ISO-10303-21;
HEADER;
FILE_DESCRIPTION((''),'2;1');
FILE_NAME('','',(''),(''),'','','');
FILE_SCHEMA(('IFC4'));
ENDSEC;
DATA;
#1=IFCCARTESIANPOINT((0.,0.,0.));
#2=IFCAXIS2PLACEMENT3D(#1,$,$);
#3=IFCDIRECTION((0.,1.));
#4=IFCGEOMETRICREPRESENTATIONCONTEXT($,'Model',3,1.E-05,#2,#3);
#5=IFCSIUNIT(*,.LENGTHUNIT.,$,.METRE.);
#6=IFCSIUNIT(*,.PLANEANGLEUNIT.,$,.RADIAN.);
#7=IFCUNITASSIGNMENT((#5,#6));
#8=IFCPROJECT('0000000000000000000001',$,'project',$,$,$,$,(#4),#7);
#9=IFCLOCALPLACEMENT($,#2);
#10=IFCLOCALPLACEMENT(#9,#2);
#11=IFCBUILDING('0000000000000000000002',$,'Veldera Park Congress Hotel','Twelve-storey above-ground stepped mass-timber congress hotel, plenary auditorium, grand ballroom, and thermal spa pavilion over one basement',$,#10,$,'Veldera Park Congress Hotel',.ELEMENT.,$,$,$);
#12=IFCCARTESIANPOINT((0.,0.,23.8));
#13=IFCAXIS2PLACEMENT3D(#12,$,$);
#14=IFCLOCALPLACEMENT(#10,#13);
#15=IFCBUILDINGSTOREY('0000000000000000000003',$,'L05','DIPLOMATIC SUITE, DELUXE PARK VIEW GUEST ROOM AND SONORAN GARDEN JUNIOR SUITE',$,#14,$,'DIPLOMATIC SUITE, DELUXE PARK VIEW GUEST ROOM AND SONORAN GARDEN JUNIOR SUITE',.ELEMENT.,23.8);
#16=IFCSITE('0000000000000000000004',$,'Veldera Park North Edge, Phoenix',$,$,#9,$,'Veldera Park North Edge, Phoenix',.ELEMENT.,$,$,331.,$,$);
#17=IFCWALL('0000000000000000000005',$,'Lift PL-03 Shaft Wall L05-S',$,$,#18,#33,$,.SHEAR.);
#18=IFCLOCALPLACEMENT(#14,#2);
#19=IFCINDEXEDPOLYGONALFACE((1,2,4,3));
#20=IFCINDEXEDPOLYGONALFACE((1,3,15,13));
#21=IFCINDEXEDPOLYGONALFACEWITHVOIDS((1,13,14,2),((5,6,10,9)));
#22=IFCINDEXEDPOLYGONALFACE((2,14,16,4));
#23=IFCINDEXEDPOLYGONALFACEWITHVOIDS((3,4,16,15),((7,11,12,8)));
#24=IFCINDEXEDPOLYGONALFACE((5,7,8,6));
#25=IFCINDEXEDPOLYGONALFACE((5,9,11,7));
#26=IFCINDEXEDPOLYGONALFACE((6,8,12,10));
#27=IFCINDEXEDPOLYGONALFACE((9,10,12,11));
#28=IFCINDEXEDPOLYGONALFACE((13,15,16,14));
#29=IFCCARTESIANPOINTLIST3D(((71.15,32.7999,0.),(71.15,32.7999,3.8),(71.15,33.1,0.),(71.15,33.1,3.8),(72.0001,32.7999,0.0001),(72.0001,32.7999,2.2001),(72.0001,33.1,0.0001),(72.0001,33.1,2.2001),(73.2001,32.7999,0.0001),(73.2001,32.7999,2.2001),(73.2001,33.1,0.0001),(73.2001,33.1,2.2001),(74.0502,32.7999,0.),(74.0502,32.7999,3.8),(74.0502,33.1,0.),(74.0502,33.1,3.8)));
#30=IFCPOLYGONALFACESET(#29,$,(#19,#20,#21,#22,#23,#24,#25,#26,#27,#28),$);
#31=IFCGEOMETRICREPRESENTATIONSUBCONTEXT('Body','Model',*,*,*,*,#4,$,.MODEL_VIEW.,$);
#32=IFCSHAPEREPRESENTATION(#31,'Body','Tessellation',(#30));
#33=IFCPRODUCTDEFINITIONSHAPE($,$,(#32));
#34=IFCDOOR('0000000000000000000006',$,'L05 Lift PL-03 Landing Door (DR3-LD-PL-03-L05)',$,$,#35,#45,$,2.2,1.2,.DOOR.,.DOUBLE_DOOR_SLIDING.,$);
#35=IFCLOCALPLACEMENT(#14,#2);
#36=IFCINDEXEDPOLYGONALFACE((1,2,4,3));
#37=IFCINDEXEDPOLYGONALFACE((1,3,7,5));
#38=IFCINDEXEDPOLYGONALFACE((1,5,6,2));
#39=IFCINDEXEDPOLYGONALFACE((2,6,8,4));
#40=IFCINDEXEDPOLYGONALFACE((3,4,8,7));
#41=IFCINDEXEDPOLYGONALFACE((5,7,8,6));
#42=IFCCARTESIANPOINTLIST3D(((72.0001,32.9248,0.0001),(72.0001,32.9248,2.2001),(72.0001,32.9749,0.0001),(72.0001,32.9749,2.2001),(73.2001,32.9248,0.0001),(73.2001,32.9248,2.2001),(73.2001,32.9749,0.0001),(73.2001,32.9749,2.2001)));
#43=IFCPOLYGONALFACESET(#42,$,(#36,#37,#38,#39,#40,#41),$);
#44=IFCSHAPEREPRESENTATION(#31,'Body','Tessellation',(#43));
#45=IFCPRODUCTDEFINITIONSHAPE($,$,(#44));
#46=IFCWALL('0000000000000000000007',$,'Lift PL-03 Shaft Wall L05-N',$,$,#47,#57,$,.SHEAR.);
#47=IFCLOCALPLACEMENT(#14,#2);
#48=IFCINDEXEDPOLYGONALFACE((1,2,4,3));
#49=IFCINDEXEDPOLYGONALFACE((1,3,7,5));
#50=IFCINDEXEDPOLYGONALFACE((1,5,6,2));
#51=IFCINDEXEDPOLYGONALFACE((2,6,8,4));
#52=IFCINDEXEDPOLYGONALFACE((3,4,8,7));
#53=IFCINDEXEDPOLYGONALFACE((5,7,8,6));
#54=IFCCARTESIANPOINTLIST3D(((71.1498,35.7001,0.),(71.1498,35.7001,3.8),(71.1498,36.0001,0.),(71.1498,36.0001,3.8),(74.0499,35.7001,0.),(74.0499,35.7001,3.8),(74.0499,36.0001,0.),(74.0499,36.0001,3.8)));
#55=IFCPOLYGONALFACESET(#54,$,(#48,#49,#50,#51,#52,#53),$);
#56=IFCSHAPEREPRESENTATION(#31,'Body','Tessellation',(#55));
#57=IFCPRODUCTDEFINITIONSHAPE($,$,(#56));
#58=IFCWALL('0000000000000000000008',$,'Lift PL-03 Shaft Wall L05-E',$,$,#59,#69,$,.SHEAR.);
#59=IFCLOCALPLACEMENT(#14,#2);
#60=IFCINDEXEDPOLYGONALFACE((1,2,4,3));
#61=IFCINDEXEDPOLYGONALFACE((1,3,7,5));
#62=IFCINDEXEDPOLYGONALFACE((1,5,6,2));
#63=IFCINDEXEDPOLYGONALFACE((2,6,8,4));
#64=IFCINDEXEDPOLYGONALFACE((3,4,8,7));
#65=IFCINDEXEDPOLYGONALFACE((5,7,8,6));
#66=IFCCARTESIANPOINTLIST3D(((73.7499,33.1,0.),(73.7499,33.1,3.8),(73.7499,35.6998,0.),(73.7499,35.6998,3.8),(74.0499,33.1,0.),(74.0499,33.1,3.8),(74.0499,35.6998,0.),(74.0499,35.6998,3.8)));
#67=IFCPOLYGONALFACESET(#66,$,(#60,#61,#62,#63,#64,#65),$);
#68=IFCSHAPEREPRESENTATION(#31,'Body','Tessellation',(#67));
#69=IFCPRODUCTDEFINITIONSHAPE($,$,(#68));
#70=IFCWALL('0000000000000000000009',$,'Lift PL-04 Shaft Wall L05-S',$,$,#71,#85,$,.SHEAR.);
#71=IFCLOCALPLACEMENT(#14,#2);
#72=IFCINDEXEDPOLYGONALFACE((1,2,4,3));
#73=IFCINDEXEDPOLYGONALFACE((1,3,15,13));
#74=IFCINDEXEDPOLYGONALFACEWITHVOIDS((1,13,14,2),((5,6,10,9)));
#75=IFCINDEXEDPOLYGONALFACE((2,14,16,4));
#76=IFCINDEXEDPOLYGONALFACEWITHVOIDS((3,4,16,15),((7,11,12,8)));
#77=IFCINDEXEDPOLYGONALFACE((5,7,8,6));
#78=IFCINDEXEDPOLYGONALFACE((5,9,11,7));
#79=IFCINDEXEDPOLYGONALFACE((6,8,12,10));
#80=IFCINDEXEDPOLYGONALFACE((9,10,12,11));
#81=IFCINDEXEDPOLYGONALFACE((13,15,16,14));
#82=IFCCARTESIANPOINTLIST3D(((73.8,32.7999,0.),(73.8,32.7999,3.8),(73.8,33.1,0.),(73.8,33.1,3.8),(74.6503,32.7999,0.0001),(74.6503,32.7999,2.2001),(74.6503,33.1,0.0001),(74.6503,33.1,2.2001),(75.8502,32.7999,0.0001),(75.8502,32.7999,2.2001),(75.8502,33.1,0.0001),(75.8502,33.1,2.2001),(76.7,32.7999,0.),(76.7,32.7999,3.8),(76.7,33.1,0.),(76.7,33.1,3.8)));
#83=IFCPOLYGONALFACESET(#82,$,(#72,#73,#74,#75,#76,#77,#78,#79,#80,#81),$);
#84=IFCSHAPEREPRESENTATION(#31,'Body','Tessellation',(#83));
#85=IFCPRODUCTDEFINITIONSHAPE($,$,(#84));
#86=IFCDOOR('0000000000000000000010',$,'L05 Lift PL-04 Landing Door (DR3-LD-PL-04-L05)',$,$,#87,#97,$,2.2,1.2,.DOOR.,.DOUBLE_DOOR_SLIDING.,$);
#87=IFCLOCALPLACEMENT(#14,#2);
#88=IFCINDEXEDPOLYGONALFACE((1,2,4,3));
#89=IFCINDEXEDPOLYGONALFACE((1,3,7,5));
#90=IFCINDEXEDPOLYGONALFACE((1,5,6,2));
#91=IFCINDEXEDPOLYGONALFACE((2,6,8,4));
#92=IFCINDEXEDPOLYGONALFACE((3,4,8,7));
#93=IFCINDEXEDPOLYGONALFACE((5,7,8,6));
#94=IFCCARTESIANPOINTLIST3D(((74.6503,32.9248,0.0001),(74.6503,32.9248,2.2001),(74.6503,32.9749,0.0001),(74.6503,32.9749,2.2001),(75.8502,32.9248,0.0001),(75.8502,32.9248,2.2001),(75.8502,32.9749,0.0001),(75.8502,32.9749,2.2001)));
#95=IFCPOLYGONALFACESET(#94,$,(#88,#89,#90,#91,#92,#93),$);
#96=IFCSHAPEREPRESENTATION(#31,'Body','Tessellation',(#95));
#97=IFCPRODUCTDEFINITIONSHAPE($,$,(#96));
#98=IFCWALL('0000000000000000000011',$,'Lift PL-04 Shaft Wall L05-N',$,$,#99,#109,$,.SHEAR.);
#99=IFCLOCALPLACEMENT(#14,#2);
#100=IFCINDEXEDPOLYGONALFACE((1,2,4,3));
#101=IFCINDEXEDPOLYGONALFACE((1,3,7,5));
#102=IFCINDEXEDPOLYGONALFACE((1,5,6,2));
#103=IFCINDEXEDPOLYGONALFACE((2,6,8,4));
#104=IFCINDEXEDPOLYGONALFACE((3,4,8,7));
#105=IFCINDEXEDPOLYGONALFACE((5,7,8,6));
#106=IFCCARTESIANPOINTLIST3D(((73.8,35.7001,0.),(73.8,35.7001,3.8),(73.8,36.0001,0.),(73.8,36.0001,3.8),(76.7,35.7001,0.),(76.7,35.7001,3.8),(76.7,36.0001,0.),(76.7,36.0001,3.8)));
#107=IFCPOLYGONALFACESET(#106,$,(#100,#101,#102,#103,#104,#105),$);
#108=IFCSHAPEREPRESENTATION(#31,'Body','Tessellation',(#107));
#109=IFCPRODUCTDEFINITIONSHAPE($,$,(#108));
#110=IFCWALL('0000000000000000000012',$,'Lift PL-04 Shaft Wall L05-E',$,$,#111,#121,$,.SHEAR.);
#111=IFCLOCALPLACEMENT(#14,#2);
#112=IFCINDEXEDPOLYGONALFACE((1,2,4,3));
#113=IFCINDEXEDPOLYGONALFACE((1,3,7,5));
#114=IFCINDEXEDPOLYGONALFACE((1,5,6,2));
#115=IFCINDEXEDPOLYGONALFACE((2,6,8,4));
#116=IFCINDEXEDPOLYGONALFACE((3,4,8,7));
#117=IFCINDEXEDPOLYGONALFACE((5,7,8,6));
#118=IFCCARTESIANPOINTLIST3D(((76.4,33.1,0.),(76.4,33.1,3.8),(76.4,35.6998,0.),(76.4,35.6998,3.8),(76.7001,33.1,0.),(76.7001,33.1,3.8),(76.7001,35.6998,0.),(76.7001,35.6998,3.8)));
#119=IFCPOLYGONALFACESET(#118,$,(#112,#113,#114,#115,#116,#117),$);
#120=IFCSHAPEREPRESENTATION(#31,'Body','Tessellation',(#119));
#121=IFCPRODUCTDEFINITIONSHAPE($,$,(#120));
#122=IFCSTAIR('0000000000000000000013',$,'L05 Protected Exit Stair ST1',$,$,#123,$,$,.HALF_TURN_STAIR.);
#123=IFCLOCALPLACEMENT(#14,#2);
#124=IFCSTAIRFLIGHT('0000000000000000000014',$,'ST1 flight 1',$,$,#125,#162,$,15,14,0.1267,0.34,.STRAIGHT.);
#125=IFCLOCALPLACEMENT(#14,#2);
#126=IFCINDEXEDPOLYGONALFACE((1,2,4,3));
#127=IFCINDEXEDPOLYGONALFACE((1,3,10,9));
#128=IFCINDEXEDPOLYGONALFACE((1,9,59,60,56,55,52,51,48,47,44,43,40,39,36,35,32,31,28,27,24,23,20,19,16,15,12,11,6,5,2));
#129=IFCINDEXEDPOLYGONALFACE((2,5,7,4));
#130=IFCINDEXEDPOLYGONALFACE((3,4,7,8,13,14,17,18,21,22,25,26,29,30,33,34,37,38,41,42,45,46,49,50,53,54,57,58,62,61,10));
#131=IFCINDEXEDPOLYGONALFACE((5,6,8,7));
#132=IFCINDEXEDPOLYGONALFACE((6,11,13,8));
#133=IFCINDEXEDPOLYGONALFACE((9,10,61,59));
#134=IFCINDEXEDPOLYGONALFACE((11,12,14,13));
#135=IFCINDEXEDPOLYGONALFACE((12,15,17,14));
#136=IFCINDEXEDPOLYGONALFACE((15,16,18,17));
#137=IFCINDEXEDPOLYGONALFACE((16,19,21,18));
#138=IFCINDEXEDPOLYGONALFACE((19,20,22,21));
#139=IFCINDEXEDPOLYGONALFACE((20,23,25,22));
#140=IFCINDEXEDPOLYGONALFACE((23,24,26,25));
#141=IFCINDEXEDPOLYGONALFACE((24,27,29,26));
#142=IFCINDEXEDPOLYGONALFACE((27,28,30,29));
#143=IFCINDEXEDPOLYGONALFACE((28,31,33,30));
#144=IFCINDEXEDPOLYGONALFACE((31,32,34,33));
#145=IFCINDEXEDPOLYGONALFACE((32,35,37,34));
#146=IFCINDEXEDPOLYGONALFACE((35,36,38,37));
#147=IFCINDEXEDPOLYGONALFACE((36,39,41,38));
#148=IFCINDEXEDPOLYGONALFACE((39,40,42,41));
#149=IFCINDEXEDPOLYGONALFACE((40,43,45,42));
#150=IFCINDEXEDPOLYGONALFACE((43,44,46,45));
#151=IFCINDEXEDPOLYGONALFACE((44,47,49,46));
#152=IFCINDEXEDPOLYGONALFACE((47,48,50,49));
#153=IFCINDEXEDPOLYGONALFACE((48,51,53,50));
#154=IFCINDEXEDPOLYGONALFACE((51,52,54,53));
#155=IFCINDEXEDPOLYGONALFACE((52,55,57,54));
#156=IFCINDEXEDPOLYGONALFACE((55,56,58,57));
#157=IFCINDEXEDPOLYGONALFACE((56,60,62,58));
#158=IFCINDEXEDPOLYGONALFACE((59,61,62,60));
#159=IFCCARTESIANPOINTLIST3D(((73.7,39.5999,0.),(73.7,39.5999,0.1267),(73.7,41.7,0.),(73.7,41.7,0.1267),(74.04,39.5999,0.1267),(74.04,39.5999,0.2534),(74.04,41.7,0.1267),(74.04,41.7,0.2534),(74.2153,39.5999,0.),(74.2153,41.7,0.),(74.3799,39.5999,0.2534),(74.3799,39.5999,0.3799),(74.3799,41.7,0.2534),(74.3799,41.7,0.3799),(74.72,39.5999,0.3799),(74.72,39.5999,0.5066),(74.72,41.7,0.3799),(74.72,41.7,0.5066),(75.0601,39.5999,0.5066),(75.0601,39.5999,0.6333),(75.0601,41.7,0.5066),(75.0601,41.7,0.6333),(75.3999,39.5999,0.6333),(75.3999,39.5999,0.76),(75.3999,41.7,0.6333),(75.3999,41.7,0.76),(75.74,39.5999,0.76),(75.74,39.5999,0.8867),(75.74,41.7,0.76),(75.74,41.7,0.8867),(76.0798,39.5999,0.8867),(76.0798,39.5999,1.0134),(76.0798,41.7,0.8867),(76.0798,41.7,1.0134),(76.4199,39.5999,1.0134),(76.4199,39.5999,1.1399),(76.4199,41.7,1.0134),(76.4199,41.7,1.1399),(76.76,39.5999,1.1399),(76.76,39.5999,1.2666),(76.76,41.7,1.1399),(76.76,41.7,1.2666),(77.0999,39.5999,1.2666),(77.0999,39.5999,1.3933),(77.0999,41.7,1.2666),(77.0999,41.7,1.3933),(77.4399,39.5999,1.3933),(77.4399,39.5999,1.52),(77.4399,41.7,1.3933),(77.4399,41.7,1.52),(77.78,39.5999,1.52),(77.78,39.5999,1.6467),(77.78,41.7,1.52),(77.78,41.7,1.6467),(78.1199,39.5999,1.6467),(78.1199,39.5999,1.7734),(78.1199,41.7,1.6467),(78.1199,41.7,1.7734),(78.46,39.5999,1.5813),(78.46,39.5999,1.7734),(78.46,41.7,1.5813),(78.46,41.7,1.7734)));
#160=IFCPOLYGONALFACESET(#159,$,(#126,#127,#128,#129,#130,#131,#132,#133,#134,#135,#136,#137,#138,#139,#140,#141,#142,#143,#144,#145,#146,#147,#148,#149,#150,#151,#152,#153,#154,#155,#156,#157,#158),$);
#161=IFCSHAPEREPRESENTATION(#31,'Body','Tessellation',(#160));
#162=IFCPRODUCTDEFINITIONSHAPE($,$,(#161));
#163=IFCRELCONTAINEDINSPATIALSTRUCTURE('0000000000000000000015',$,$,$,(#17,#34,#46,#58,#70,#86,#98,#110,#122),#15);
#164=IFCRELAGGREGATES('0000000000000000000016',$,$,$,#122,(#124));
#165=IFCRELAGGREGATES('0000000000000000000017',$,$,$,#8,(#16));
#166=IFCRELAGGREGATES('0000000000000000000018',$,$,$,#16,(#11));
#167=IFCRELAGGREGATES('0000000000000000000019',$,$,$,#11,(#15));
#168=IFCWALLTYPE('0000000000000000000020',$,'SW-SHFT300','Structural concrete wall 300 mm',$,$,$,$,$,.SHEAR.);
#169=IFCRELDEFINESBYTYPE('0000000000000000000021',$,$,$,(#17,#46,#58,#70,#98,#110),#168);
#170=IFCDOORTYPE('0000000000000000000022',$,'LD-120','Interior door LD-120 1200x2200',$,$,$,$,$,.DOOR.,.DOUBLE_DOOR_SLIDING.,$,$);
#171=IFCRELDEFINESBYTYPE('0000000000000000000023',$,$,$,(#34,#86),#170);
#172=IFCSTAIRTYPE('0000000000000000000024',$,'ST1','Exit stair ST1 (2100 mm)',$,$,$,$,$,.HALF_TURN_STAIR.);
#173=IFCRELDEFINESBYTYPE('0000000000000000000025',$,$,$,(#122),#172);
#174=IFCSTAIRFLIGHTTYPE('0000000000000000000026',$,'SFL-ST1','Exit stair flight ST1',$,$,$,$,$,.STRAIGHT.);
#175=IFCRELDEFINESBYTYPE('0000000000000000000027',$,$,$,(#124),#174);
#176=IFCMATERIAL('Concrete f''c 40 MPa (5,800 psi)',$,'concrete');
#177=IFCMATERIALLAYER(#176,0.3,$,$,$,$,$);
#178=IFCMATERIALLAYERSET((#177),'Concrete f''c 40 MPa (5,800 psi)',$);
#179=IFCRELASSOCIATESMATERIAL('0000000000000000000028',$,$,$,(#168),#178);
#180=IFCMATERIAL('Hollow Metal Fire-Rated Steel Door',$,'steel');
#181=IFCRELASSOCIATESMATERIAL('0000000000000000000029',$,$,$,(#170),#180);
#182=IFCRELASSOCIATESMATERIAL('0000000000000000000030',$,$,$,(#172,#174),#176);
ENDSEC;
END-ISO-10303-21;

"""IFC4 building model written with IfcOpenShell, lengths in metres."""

from ifc_helpers import new_model, si_unit, direction, frame, frame_2d, origin, place, context, subcontext, project, spatial, polyline, rectangle, outline, extrude, material, layer, layer_set, type_object, element, fill, aggregate, save


model = new_model("IFC4")

# Units and contexts
model_context = context("Model", 3, precision=1e-05, world=origin(), true_north=direction((0.0, 1.0)))
body_context = subcontext(model_context, "Body", "Model", "MODEL_VIEW")
ifc_project = project(units=[si_unit("LENGTHUNIT", "METRE"), si_unit("PLANEANGLEUNIT", "RADIAN")], contexts=[model_context])

# Site, building, storey
site_placement = place(None, origin())
site = spatial("IfcSite", under=ifc_project, at=site_placement, Name="Veldera Park North Edge, Phoenix", LongName="Veldera Park North Edge, Phoenix", CompositionType="ELEMENT", RefElevation=331.0)
building_placement = place(site_placement, origin())
building = spatial("IfcBuilding", under=site, at=building_placement, Name="Veldera Park Congress Hotel", Description="Twelve-storey above-ground stepped mass-timber congress hotel, plenary auditorium, grand ballroom, and thermal spa pavilion over one basement", LongName="Veldera Park Congress Hotel", CompositionType="ELEMENT")
storey_placement = place(building_placement, frame((0.0, 0.0, 23.8)))
storey = spatial("IfcBuildingStorey", under=building, at=storey_placement, Name="L05", Description="DIPLOMATIC SUITE, DELUXE PARK VIEW GUEST ROOM AND SONORAN GARDEN JUNIOR SUITE", LongName="DIPLOMATIC SUITE, DELUXE PARK VIEW GUEST ROOM AND SONORAN GARDEN JUNIOR SUITE", CompositionType="ELEMENT", Elevation=23.8)

# Shared definitions
ifc_material_1 = material(Name="Concrete f'c 40 MPa (5,800 psi)", Category="concrete")

# Shared definitions
ifc_layer_1 = layer(ifc_material_1, 0.3)
ifc_layer_set_1 = layer_set([ifc_layer_1], Name="Concrete f'c 40 MPa (5,800 psi)")
wall_type_1 = type_object("IfcWallType", Name="SW-SHFT300", Description="Structural concrete wall 300 mm", PredefinedType="SHEAR", material=ifc_layer_set_1)
ifc_material_2 = material(Name="Hollow Metal Fire-Rated Steel Door", Category="steel")
door_type = type_object("IfcDoorType", Name="LD-120", Description="Interior door LD-120 1200x2200", OperationType="DOUBLE_DOOR_SLIDING", PredefinedType="DOOR", material=ifc_material_2)

# Wall, opening, door
wall_1_placement = place(storey_placement, frame((71.1499, 32.95, 0.0), z_axis=(0.0, 0.0, 1.0), x_axis=(1.0, 0.0, 0.0)))
wall_1 = element("IfcWall", 1, at=wall_1_placement, inside=storey, type_object=wall_type_1, Name="Lift PL-03 Shaft Wall L05-S", PredefinedType="SHEAR", context=body_context, shape_type="SweptSolid", body=[
    extrude(rectangle(XDim=2.9001, YDim=0.3, at=frame_2d((1.4502, 0.0))), origin(), (0.0, 0.0, 1.0), 3.8),
])
opening_1_placement = place(wall_1_placement, frame((0.8501, 0.0, 0.0)))
opening_1 = element("IfcOpeningElement", 2, at=opening_1_placement, cuts=wall_1, PredefinedType="OPENING", context=body_context, shape_type="SweptSolid", body=[
    extrude(rectangle(XDim=1.2, YDim=2.2, at=frame_2d((0.6001, 1.1001))), frame((0.0, 0.1621, 0.0), z_axis=(0.0, -1.0, 0.0), x_axis=(1.0, 0.0, 0.0)), (0.0, 0.0, 1.0), 0.324),
])
door_1_placement = place(opening_1_placement, origin())
door_1 = element("IfcDoor", 3, at=door_1_placement, inside=storey, type_object=door_type, Name="L05 Lift PL-03 Landing Door (DR3-LD-PL-03-L05)", OperationType="DOUBLE_DOOR_SLIDING", OverallHeight=2.2, OverallWidth=1.2, PredefinedType="DOOR", context=body_context, shape_type="SweptSolid", body=[
    extrude(rectangle(XDim=1.2, YDim=2.2, at=frame_2d((0.6001, 1.1001))), frame((0.0, 0.0249, 0.0), z_axis=(0.0, -1.0, 0.0), x_axis=(1.0, 0.0, 0.0)), (0.0, 0.0, 1.0), 0.05),
])
fill(opening_1, door_1)

# Walls
wall_2_placement = place(storey_placement, frame((74.05, 35.8501, 0.0), z_axis=(0.0, 0.0, 1.0), x_axis=(-1.0, 0.0, 0.0)))
element("IfcWall", 4, at=wall_2_placement, inside=storey, type_object=wall_type_1, Name="Lift PL-03 Shaft Wall L05-N", PredefinedType="SHEAR", context=body_context, shape_type="SweptSolid", body=[
    extrude(rectangle(XDim=2.9001, YDim=0.3, at=frame_2d((1.4502, 0.0))), origin(), (0.0, 0.0, 1.0), 3.8),
])
wall_3_placement = place(storey_placement, frame((73.8999, 33.1001, 0.0), z_axis=(0.0, 0.0, 1.0), x_axis=(0.0, 1.0, 0.0)))
element("IfcWall", 5, at=wall_3_placement, inside=storey, type_object=wall_type_1, Name="Lift PL-03 Shaft Wall L05-E", PredefinedType="SHEAR", context=body_context, shape_type="SweptSolid", body=[
    extrude(rectangle(XDim=2.5999, YDim=0.3, at=frame_2d((1.2998, 0.0))), origin(), (0.0, 0.0, 1.0), 3.8),
])

# Wall, opening, door
wall_4_placement = place(storey_placement, frame((73.8, 32.95, 0.0), z_axis=(0.0, 0.0, 1.0), x_axis=(1.0, 0.0, 0.0)))
wall_4 = element("IfcWall", 6, at=wall_4_placement, inside=storey, type_object=wall_type_1, Name="Lift PL-04 Shaft Wall L05-S", PredefinedType="SHEAR", context=body_context, shape_type="SweptSolid", body=[
    extrude(rectangle(XDim=2.8999, YDim=0.3, at=frame_2d((1.45, 0.0))), origin(), (0.0, 0.0, 1.0), 3.8),
])
opening_2_placement = place(wall_4_placement, frame((0.8501, 0.0, 0.0)))
opening_2 = element("IfcOpeningElement", 7, at=opening_2_placement, cuts=wall_4, PredefinedType="OPENING", context=body_context, shape_type="SweptSolid", body=[
    extrude(rectangle(XDim=1.2, YDim=2.2, at=frame_2d((0.6001, 1.1001))), frame((0.0, 0.1621, 0.0), z_axis=(0.0, -1.0, 0.0), x_axis=(1.0, 0.0, 0.0)), (0.0, 0.0, 1.0), 0.324),
])
door_2_placement = place(opening_2_placement, origin())
door_2 = element("IfcDoor", 8, at=door_2_placement, inside=storey, type_object=door_type, Name="L05 Lift PL-04 Landing Door (DR3-LD-PL-04-L05)", OperationType="DOUBLE_DOOR_SLIDING", OverallHeight=2.2, OverallWidth=1.2, PredefinedType="DOOR", context=body_context, shape_type="SweptSolid", body=[
    extrude(rectangle(XDim=1.2, YDim=2.2, at=frame_2d((0.6001, 1.1001))), frame((0.0, 0.0249, 0.0), z_axis=(0.0, -1.0, 0.0), x_axis=(1.0, 0.0, 0.0)), (0.0, 0.0, 1.0), 0.05),
])
fill(opening_2, door_2)

# Walls
wall_5_placement = place(storey_placement, frame((76.7, 35.8501, 0.0), z_axis=(0.0, 0.0, 1.0), x_axis=(-1.0, 0.0, 0.0)))
element("IfcWall", 9, at=wall_5_placement, inside=storey, type_object=wall_type_1, Name="Lift PL-04 Shaft Wall L05-N", PredefinedType="SHEAR", context=body_context, shape_type="SweptSolid", body=[
    extrude(rectangle(XDim=2.8999, YDim=0.3, at=frame_2d((1.45, 0.0))), origin(), (0.0, 0.0, 1.0), 3.8),
])
wall_6_placement = place(storey_placement, frame((76.55, 33.1001, 0.0), z_axis=(0.0, 0.0, 1.0), x_axis=(0.0, 1.0, 0.0)))
element("IfcWall", 10, at=wall_6_placement, inside=storey, type_object=wall_type_1, Name="Lift PL-04 Shaft Wall L05-E", PredefinedType="SHEAR", context=body_context, shape_type="SweptSolid", body=[
    extrude(rectangle(XDim=2.5999, YDim=0.3, at=frame_2d((1.2998, 0.0))), origin(), (0.0, 0.0, 1.0), 3.8),
])

# Stair, stair flight
stair_type = type_object("IfcStairType", Name="ST1", Description="Exit stair ST1 (2100 mm)", PredefinedType="HALF_TURN_STAIR", material=ifc_material_1)
stair_placement = place(storey_placement, origin())
stair = element("IfcStair", 11, at=stair_placement, inside=storey, type_object=stair_type, Name="L05 Protected Exit Stair ST1", PredefinedType="HALF_TURN_STAIR")
stair_flight_type = type_object("IfcStairFlightType", Name="SFL-ST1", Description="Exit stair flight ST1", PredefinedType="STRAIGHT", material=ifc_material_1)
stair_flight_placement = place(storey_placement, frame((73.7, 40.6499, 0.0), z_axis=(0.0, 0.0, 1.0), x_axis=(1.0, 0.0, 0.0)))
stair_flight = element("IfcStairFlight", 12, at=stair_flight_placement, type_object=stair_flight_type, Name="ST1 flight 1", NumberOfRisers=15, NumberOfTreads=14, PredefinedType="STRAIGHT", RiserHeight=0.1267, TreadLength=0.34, context=body_context, shape_type="SweptSolid", body=[
    extrude(outline(polyline([(0.0, 0.0), (0.0, 0.1267), (0.3401, 0.1267), (0.3401, 0.2534), (0.6799, 0.2534), (0.6799, 0.3799), (1.02, 0.3799), (1.02, 0.5066), (1.3601, 0.5066), (1.3601, 0.6333), (1.7, 0.6333), (1.7, 0.76), (2.04, 0.76), (2.04, 0.8867), (2.3799, 0.8867), (2.3799, 1.0134), (2.72, 1.0134), (2.72, 1.1399), (3.0601, 1.1399), (3.0601, 1.2666), (3.3999, 1.2666), (3.3999, 1.3933), (3.74, 1.3933), (3.74, 1.52), (4.0801, 1.52), (4.0801, 1.6467), (4.4199, 1.6467), (4.4199, 1.7734), (4.76, 1.7734), (4.76, 1.8999), (4.76, 1.8999), (4.76, 1.5813), (0.5154, 0.0), (0.0, 0.0)])), frame((0.0, 1.05, 0.0), z_axis=(0.0, -1.0, 0.0), x_axis=(1.0, 0.0, 0.0)), (0.0, 0.0, 1.0), 2.1001),
])
aggregate(stair, [stair_flight])

save(model, "model.ifc")
